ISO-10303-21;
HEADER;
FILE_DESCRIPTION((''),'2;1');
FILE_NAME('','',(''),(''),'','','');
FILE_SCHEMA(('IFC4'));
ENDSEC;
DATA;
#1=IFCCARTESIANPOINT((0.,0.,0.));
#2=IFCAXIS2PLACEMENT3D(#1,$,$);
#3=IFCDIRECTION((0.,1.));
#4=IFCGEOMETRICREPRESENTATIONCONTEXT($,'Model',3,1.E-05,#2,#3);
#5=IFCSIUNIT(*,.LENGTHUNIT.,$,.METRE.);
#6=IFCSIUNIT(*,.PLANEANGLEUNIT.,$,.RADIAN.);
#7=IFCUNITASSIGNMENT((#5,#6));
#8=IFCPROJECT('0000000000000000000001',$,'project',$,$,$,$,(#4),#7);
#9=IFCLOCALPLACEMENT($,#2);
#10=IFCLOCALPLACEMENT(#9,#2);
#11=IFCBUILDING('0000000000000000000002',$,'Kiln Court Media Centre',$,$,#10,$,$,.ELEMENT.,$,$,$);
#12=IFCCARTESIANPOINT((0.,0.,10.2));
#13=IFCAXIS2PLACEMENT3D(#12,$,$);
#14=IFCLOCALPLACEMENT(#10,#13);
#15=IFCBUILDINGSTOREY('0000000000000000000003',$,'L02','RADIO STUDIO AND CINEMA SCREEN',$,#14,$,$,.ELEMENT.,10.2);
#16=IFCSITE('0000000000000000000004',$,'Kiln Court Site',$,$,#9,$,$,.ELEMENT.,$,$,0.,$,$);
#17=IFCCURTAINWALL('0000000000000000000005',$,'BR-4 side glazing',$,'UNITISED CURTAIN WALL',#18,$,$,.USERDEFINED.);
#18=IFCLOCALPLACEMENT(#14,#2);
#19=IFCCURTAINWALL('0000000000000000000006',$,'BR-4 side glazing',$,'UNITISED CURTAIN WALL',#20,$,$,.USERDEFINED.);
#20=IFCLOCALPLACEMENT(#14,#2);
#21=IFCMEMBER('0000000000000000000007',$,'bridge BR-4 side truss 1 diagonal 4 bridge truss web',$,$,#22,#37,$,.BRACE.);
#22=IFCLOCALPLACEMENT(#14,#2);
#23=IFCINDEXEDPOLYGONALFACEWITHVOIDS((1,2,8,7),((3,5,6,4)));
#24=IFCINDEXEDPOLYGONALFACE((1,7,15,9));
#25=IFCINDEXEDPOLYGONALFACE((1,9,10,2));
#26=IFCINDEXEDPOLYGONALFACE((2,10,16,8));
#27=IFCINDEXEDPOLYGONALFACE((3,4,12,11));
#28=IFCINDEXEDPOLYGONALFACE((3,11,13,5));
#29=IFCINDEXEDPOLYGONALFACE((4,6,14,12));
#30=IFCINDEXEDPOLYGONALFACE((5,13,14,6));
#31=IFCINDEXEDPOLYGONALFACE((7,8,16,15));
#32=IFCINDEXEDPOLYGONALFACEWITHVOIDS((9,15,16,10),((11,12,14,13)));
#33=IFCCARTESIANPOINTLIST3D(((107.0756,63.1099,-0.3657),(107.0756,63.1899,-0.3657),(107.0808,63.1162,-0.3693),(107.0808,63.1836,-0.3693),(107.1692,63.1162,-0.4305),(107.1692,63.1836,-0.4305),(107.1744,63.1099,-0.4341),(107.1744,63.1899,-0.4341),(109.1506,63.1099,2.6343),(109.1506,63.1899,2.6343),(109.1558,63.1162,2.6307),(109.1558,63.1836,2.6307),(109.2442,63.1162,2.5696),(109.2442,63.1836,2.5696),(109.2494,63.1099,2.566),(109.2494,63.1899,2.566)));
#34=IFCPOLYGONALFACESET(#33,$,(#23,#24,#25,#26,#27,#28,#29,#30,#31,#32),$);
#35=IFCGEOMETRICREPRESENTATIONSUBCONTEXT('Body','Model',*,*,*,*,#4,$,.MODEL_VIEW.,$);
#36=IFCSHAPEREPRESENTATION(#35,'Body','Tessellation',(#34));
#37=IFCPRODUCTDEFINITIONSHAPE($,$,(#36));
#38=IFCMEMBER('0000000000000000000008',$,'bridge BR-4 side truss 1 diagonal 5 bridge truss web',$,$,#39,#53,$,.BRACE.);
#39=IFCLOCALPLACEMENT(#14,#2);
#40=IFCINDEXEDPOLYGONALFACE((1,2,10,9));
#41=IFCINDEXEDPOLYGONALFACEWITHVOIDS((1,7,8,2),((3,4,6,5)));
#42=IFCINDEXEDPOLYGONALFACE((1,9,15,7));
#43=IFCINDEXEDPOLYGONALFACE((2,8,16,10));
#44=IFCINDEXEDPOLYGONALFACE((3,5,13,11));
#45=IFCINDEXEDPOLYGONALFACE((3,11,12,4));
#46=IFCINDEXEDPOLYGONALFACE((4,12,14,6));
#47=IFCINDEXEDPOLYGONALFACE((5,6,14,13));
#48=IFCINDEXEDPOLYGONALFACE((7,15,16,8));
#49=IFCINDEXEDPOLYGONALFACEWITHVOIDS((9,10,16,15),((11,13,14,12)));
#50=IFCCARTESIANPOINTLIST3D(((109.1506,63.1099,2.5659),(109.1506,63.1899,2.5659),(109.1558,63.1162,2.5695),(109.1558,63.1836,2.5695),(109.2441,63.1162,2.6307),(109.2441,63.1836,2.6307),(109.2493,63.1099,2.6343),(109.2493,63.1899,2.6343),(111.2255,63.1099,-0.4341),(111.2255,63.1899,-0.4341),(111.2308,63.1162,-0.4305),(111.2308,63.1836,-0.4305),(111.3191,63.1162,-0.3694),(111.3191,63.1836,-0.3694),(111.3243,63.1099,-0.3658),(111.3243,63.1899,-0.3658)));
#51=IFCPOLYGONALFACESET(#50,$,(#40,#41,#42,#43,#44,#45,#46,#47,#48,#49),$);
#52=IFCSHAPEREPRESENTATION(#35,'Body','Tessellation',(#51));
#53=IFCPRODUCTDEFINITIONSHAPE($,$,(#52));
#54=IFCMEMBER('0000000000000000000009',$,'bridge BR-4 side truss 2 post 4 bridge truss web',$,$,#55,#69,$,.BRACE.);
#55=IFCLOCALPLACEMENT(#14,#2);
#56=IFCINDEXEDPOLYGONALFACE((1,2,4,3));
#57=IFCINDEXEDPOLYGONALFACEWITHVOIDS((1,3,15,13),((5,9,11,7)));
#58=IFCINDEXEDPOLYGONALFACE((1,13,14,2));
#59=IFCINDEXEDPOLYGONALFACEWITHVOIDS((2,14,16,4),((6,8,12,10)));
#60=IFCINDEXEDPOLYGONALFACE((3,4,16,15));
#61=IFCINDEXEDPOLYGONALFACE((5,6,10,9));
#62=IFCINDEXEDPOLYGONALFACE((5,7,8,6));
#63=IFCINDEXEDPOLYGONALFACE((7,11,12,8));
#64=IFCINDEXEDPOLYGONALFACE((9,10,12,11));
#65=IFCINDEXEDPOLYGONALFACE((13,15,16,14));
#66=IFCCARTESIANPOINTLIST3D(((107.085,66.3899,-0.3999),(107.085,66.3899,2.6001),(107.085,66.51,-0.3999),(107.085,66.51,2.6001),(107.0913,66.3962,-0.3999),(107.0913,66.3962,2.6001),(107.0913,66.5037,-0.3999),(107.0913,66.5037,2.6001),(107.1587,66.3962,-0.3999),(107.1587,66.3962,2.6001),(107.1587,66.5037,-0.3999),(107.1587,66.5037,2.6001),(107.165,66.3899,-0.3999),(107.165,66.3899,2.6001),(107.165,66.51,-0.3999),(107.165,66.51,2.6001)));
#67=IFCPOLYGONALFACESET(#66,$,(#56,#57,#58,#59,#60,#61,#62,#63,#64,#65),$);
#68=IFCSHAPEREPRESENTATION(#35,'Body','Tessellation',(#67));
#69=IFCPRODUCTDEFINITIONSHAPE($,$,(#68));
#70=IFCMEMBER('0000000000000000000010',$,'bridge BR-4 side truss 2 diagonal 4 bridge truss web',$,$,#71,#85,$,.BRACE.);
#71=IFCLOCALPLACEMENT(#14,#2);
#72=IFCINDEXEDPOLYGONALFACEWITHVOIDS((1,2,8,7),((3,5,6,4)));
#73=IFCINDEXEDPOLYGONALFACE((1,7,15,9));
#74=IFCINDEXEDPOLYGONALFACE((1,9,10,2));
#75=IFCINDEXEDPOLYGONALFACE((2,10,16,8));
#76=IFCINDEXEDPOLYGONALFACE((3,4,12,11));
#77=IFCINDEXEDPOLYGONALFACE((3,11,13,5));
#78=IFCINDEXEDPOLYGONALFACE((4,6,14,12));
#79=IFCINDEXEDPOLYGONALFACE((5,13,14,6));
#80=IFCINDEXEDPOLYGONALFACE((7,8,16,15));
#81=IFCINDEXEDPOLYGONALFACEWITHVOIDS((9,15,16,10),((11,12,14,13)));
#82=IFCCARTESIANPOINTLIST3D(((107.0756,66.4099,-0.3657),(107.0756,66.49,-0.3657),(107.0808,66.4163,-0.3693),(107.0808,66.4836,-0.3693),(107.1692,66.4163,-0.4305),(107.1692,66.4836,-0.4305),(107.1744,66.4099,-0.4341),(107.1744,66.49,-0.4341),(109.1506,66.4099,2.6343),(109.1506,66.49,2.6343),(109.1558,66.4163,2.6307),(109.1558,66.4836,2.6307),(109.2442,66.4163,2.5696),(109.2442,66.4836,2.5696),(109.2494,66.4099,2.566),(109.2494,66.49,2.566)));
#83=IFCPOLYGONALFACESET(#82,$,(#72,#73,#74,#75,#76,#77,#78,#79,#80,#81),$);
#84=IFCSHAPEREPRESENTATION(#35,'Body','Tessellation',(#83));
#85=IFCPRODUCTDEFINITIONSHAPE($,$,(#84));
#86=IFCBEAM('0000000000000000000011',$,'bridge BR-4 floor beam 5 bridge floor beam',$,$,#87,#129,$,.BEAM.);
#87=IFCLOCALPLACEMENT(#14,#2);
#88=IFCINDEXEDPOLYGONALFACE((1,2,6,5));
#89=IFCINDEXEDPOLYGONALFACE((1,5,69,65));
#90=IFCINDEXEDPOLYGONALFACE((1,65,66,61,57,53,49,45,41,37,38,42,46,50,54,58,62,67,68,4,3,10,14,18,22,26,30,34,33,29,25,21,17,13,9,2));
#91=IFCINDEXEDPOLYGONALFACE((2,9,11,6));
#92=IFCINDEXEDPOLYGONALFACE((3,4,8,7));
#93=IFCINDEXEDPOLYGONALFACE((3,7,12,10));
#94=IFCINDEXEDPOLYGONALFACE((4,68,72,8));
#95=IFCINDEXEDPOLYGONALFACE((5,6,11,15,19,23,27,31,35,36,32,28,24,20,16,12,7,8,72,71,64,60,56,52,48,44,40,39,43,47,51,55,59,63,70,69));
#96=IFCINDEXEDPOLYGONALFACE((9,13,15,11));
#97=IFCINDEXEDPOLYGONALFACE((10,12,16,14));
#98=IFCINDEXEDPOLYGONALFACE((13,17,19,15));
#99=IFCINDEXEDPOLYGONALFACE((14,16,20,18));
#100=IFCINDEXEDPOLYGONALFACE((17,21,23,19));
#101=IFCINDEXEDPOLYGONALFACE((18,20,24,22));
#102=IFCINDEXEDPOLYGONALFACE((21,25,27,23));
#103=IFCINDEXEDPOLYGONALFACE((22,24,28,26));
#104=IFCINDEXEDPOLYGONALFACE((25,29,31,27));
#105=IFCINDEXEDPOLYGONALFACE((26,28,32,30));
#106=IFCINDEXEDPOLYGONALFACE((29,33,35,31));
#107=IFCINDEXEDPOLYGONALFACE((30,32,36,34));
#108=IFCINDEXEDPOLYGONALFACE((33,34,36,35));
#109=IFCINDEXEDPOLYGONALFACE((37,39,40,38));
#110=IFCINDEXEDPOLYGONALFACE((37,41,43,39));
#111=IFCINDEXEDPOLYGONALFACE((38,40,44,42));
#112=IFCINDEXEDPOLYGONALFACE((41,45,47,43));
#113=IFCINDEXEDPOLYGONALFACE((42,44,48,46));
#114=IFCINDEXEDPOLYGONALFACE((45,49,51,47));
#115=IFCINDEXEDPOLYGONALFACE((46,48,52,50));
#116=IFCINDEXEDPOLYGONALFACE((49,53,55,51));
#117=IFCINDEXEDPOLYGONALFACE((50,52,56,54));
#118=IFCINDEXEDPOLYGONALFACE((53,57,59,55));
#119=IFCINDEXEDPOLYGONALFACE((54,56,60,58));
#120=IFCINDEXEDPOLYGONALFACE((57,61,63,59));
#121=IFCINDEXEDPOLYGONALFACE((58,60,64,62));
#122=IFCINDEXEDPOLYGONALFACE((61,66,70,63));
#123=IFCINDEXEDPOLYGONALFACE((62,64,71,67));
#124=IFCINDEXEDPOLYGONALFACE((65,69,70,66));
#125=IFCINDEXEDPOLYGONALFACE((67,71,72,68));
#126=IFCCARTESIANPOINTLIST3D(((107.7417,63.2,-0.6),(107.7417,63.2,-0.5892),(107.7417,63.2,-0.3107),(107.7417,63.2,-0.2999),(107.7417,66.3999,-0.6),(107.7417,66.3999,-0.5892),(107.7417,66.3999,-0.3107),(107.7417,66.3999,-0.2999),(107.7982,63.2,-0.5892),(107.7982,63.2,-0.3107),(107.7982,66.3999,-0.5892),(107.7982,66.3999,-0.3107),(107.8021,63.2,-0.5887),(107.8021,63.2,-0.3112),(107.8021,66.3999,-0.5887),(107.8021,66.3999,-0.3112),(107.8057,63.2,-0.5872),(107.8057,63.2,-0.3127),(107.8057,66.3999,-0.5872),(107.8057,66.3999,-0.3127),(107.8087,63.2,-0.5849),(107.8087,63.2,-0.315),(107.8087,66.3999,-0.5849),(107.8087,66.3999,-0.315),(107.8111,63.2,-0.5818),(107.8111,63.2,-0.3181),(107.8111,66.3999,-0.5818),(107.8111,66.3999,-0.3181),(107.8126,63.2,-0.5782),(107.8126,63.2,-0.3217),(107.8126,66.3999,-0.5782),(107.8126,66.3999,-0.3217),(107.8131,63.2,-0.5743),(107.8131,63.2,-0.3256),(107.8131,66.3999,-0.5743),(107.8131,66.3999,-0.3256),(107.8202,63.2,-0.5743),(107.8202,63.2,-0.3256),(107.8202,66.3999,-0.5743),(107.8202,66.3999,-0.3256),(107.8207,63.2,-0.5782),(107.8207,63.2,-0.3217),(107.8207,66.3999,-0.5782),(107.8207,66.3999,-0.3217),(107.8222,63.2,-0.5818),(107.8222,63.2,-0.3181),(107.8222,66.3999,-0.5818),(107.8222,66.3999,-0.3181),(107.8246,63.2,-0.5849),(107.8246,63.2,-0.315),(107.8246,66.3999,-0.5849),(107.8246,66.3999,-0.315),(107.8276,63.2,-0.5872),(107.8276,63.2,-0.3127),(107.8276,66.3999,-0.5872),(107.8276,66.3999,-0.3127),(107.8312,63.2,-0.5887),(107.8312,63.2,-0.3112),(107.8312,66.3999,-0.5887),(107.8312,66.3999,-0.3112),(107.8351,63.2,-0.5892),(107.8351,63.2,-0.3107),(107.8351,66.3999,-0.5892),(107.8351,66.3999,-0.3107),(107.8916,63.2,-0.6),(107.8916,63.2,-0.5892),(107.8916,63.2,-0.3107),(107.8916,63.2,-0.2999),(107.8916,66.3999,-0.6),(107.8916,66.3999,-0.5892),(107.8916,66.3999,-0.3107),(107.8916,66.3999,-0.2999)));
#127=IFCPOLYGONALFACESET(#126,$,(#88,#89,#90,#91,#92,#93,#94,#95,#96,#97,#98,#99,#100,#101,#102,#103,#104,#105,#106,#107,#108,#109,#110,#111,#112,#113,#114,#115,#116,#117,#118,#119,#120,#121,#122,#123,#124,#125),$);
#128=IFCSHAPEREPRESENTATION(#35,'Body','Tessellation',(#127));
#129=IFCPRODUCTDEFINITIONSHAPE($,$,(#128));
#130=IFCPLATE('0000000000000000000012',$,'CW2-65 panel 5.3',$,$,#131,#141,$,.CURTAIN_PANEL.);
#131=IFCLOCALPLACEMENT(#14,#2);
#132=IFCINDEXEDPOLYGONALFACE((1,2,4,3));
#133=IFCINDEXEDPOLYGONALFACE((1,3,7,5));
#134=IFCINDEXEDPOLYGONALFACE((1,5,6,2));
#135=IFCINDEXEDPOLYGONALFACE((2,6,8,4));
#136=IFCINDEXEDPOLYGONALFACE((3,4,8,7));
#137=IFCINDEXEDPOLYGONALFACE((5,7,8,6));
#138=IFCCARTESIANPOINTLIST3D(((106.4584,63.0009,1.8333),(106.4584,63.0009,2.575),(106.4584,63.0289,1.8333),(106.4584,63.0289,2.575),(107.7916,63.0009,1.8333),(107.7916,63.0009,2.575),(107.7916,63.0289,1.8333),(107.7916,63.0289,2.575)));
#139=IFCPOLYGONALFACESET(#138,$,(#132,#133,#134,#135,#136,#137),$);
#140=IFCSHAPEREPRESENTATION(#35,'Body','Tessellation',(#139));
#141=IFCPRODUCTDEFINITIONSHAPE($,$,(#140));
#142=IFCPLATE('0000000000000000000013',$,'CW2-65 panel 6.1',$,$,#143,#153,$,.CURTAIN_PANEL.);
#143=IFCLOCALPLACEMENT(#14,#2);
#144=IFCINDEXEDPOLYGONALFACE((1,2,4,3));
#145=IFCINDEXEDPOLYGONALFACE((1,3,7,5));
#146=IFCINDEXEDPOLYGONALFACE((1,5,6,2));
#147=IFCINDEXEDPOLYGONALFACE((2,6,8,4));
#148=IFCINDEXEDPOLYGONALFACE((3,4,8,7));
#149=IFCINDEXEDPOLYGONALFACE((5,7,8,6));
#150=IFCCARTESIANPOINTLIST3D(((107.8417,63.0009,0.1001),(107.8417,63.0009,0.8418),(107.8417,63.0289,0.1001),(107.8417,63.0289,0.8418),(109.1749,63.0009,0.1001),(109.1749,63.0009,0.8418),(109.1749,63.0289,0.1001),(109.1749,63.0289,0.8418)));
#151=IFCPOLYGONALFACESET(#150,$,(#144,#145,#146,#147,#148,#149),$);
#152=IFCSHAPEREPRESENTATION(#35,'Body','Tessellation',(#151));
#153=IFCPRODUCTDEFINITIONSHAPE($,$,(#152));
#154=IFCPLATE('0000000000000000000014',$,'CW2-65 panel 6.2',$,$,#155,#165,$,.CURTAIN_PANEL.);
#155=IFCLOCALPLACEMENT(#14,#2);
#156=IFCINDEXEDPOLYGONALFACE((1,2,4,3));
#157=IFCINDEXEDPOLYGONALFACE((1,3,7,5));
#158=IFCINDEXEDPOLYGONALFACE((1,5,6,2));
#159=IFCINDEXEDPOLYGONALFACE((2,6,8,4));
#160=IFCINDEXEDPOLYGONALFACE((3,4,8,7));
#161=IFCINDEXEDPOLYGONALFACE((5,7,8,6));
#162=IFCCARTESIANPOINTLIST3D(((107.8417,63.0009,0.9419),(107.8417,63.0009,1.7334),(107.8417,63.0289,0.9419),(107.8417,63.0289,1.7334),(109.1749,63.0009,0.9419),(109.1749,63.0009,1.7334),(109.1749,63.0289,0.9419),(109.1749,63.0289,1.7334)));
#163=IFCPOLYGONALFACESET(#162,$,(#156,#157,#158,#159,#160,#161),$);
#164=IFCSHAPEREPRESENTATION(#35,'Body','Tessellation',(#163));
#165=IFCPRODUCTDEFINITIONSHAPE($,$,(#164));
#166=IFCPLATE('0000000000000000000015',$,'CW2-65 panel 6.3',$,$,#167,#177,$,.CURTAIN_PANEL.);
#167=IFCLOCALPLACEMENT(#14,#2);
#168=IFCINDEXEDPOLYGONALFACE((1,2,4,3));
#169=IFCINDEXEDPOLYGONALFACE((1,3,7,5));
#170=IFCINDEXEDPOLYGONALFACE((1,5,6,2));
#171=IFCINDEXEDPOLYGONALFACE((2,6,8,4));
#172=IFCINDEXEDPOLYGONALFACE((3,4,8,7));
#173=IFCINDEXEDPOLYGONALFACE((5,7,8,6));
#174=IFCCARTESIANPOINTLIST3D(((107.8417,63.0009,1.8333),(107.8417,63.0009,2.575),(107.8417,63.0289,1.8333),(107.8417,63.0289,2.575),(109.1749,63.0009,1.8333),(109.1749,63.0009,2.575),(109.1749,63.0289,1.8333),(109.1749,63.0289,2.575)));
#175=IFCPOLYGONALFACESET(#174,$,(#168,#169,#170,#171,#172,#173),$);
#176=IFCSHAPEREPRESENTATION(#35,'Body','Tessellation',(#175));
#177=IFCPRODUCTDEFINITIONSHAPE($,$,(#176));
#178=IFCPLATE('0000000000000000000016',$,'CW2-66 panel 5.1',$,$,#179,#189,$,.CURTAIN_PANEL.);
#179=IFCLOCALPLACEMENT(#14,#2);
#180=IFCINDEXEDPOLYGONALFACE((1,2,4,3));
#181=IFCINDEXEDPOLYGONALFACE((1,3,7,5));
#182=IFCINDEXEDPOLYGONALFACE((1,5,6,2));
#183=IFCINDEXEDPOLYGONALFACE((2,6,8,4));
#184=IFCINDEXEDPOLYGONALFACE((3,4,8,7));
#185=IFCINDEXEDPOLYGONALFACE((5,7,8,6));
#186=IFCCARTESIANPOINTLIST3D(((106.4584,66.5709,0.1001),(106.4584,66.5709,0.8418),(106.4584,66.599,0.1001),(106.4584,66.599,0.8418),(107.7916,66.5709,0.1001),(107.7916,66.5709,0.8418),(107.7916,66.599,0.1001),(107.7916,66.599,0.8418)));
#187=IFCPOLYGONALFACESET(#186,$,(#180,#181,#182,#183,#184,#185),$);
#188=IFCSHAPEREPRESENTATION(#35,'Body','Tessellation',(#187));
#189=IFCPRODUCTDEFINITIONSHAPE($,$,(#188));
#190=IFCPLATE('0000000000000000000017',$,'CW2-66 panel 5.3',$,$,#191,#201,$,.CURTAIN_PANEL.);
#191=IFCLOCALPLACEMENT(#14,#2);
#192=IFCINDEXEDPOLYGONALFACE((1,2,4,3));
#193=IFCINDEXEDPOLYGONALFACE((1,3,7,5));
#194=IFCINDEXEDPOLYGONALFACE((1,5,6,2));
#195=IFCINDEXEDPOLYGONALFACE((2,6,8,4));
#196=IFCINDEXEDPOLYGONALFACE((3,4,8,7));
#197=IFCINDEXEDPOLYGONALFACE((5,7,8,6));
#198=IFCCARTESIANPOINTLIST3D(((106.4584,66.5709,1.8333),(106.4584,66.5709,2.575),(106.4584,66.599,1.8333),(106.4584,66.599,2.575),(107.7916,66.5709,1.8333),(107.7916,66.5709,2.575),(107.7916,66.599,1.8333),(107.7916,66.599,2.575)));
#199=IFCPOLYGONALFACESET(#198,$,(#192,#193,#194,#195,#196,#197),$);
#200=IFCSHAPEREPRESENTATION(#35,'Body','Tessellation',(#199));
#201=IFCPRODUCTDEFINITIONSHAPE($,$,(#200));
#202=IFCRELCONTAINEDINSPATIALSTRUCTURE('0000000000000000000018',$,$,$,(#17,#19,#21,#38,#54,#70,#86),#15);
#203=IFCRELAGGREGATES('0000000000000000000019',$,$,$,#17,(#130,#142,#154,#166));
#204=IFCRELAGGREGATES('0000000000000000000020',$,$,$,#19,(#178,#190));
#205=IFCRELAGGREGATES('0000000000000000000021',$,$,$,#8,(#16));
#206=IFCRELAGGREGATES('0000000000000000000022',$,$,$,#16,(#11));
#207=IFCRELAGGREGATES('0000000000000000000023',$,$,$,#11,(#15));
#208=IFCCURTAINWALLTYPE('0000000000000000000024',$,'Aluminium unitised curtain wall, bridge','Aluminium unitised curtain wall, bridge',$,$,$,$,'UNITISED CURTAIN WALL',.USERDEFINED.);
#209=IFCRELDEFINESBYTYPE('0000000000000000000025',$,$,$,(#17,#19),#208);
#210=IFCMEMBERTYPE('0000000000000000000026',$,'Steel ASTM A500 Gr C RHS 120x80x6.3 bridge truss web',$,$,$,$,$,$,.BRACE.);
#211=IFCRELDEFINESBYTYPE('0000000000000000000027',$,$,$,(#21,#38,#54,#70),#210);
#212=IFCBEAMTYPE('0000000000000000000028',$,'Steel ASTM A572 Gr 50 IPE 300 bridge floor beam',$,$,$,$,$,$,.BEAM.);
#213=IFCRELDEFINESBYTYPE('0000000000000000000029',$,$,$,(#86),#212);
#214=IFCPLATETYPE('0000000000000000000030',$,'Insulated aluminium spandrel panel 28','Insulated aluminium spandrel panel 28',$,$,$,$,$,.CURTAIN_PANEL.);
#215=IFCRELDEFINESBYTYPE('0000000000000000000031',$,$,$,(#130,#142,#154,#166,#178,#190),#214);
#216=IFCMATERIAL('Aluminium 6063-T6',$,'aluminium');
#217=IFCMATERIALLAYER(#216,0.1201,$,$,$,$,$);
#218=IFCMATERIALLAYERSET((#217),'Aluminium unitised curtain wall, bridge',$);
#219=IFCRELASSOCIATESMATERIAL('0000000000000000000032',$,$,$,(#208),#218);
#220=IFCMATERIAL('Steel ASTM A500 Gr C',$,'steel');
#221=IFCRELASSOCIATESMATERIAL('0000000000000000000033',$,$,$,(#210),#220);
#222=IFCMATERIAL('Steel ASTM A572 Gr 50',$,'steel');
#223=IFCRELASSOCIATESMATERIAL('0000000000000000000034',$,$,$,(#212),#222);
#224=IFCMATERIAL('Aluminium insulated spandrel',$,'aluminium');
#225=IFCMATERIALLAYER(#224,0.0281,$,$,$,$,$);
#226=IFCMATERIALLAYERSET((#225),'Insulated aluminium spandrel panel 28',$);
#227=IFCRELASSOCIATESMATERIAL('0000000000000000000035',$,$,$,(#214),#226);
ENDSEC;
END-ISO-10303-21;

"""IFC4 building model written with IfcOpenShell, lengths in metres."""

from ifc_helpers import new_model, si_unit, direction, frame, origin, origin_2d, place, context, subcontext, project, spatial, rectangle, hollow_rectangle, i_section, extrude, material, layer, layer_set, material_profile, profile_set, type_object, element, aggregate, save


model = new_model("IFC4")

# Units and contexts
model_context = context("Model", 3, precision=1e-05, world=origin(), true_north=direction((0.0, 1.0)))
body_context = subcontext(model_context, "Body", "Model", "MODEL_VIEW")
ifc_project = project(units=[si_unit("LENGTHUNIT", "METRE"), si_unit("PLANEANGLEUNIT", "RADIAN")], contexts=[model_context])

# Site, building, storey
site_placement = place(None, origin())
site = spatial("IfcSite", under=ifc_project, at=site_placement, Name="Kiln Court Site", CompositionType="ELEMENT", RefElevation=0.0)
building_placement = place(site_placement, origin())
building = spatial("IfcBuilding", under=site, at=building_placement, Name="Kiln Court Media Centre", CompositionType="ELEMENT")
storey_placement = place(building_placement, frame((0.0, 0.0, 10.2)))
storey = spatial("IfcBuildingStorey", under=building, at=storey_placement, Name="L02", Description="RADIO STUDIO AND CINEMA SCREEN", CompositionType="ELEMENT", Elevation=10.2)

# Curtain wall
ifc_material_1 = material(Name="Aluminium 6063-T6", Category="aluminium")
ifc_layer_1 = layer(ifc_material_1, 0.1201)
ifc_layer_set_1 = layer_set([ifc_layer_1], Name="Aluminium unitised curtain wall, bridge")
curtain_wall_type = type_object("IfcCurtainWallType", Name="Aluminium unitised curtain wall, bridge", Description="Aluminium unitised curtain wall, bridge", ElementType="UNITISED CURTAIN WALL", PredefinedType="USERDEFINED", material=ifc_layer_set_1)
curtain_wall_1_placement = place(storey_placement, origin())
curtain_wall_1 = element("IfcCurtainWall", 1, at=curtain_wall_1_placement, inside=storey, type_object=curtain_wall_type, Name="BR-4 side glazing", ObjectType="UNITISED CURTAIN WALL", PredefinedType="USERDEFINED")

# Curtain wall
curtain_wall_2_placement = place(storey_placement, origin())
curtain_wall_2 = element("IfcCurtainWall", 2, at=curtain_wall_2_placement, inside=storey, type_object=curtain_wall_type, Name="BR-4 side glazing", ObjectType="UNITISED CURTAIN WALL", PredefinedType="USERDEFINED")

# Members
ifc_material_2 = material(Name="Steel ASTM A500 Gr C", Category="steel")
ifc_material_profile_1 = material_profile(ifc_material_2, hollow_rectangle(XDim=0.0801, YDim=0.1201, WallThickness=0.0063, at=origin_2d()), Name="RHS 120x80x6.3")
ifc_profile_set_1 = profile_set([ifc_material_profile_1], Name="Steel ASTM A500 Gr C")
member_type_1 = type_object("IfcMemberType", Name="Steel ASTM A500 Gr C RHS 120x80x6.3 bridge truss web", PredefinedType="BRACE", material=ifc_profile_set_1)
for number, where, z_axis, x_axis, name in (
    (3, (107.125, 63.1499, -0.3999), (0.568844, 0.0, 0.822445), (0.0, 1.0, 0.0), "bridge BR-4 side truss 1 diagonal 4 bridge truss web"),
    (4, (109.2, 63.1499, 2.6001), (0.568844, 0.0, -0.822445), (0.0, 1.0, 0.0), "bridge BR-4 side truss 1 diagonal 5 bridge truss web"),
):
    element("IfcMember", number, at=place(storey_placement, frame(where, z_axis=z_axis, x_axis=x_axis)), inside=storey, type_object=member_type_1, Name=name, PredefinedType="BRACE", context=body_context, shape_type="SweptSolid", body=[
        extrude(hollow_rectangle(XDim=0.0801, YDim=0.1201, WallThickness=0.0063, at=origin_2d()), origin(), (0.0, 0.0, 1.0), 3.6477),
    ])
member_1_placement = place(storey_placement, frame((107.125, 66.45, -0.3999), z_axis=(0.0, 0.0, 1.0), x_axis=(1.0, 0.0, 0.0)))
element("IfcMember", 5, at=member_1_placement, inside=storey, type_object=member_type_1, Name="bridge BR-4 side truss 2 post 4 bridge truss web", PredefinedType="BRACE", context=body_context, shape_type="SweptSolid", body=[
    extrude(hollow_rectangle(XDim=0.0801, YDim=0.1201, WallThickness=0.0063, at=origin_2d()), origin(), (0.0, 0.0, 1.0), 3.0),
])
member_2_placement = place(storey_placement, frame((107.125, 66.45, -0.3999), z_axis=(0.568844, 0.0, 0.822445), x_axis=(0.0, 1.0, 0.0)))
element("IfcMember", 6, at=member_2_placement, inside=storey, type_object=member_type_1, Name="bridge BR-4 side truss 2 diagonal 4 bridge truss web", PredefinedType="BRACE", context=body_context, shape_type="SweptSolid", body=[
    extrude(hollow_rectangle(XDim=0.0801, YDim=0.1201, WallThickness=0.0063, at=origin_2d()), origin(), (0.0, 0.0, 1.0), 3.6477),
])

# Beam
ifc_material_3 = material(Name="Steel ASTM A572 Gr 50", Category="steel")
ifc_material_profile_2 = material_profile(ifc_material_3, i_section(OverallWidth=0.1499, OverallDepth=0.3, WebThickness=0.0071, FlangeThickness=0.0107, FilletRadius=0.0149, at=origin_2d()), Name="IPE 300")
ifc_profile_set_2 = profile_set([ifc_material_profile_2], Name="Steel ASTM A572 Gr 50")
beam_type = type_object("IfcBeamType", Name="Steel ASTM A572 Gr 50 IPE 300 bridge floor beam", PredefinedType="BEAM", material=ifc_profile_set_2)
beam_placement = place(storey_placement, frame((107.8167, 63.2, -0.45), z_axis=(0.0, 1.0, 0.0), x_axis=(-1.0, 0.0, 0.0)))
element("IfcBeam", 7, at=beam_placement, inside=storey, type_object=beam_type, Name="bridge BR-4 floor beam 5 bridge floor beam", PredefinedType="BEAM", context=body_context, shape_type="SweptSolid", body=[
    extrude(i_section(OverallWidth=0.1499, OverallDepth=0.3, WebThickness=0.0071, FlangeThickness=0.0107, FilletRadius=0.0149, at=origin_2d()), origin(), (0.0, 0.0, 1.0), 3.2),
])

# Plates
ifc_material_4 = material(Name="Aluminium insulated spandrel", Category="aluminium")
ifc_layer_2 = layer(ifc_material_4, 0.0281)
ifc_layer_set_2 = layer_set([ifc_layer_2], Name="Insulated aluminium spandrel panel 28")
plate_type_1 = type_object("IfcPlateType", Name="Insulated aluminium spandrel panel 28", Description="Insulated aluminium spandrel panel 28", PredefinedType="CURTAIN_PANEL", material=ifc_layer_set_2)
plate_1_placement = place(storey_placement, frame((107.125, 63.0149, 1.8333), z_axis=(0.0, 0.0, 1.0), x_axis=(1.0, 0.0, 0.0)))
plate_1 = element("IfcPlate", 8, at=plate_1_placement, type_object=plate_type_1, Name="CW2-65 panel 5.3", PredefinedType="CURTAIN_PANEL", context=body_context, shape_type="SweptSolid", body=[
    extrude(rectangle(XDim=1.3333, YDim=0.0281, at=origin_2d()), origin(), (0.0, 0.0, 1.0), 0.7417),
])
plate_2_placement = place(storey_placement, frame((108.5083, 63.0149, 0.1001), z_axis=(0.0, 0.0, 1.0), x_axis=(1.0, 0.0, 0.0)))
plate_2 = element("IfcPlate", 9, at=plate_2_placement, type_object=plate_type_1, Name="CW2-65 panel 6.1", PredefinedType="CURTAIN_PANEL", context=body_context, shape_type="SweptSolid", body=[
    extrude(rectangle(XDim=1.3333, YDim=0.0281, at=origin_2d()), origin(), (0.0, 0.0, 1.0), 0.7417),
])
plate_3_placement = place(storey_placement, frame((108.5083, 63.0149, 0.9419), z_axis=(0.0, 0.0, 1.0), x_axis=(1.0, 0.0, 0.0)))
plate_3 = element("IfcPlate", 10, at=plate_3_placement, type_object=plate_type_1, Name="CW2-65 panel 6.2", PredefinedType="CURTAIN_PANEL", context=body_context, shape_type="SweptSolid", body=[
    extrude(rectangle(XDim=1.3333, YDim=0.0281, at=origin_2d()), origin(), (0.0, 0.0, 1.0), 0.7915),
])
plate_4_placement = place(storey_placement, frame((108.5083, 63.0149, 1.8333), z_axis=(0.0, 0.0, 1.0), x_axis=(1.0, 0.0, 0.0)))
plate_4 = element("IfcPlate", 11, at=plate_4_placement, type_object=plate_type_1, Name="CW2-65 panel 6.3", PredefinedType="CURTAIN_PANEL", context=body_context, shape_type="SweptSolid", body=[
    extrude(rectangle(XDim=1.3333, YDim=0.0281, at=origin_2d()), origin(), (0.0, 0.0, 1.0), 0.7417),
])
plate_5_placement = place(storey_placement, frame((107.125, 66.585, 0.1001), z_axis=(0.0, 0.0, 1.0), x_axis=(1.0, 0.0, 0.0)))
plate_5 = element("IfcPlate", 12, at=plate_5_placement, type_object=plate_type_1, Name="CW2-66 panel 5.1", PredefinedType="CURTAIN_PANEL", context=body_context, shape_type="SweptSolid", body=[
    extrude(rectangle(XDim=1.3333, YDim=0.0281, at=origin_2d()), origin(), (0.0, 0.0, 1.0), 0.7417),
])
plate_6_placement = place(storey_placement, frame((107.125, 66.585, 1.8333), z_axis=(0.0, 0.0, 1.0), x_axis=(1.0, 0.0, 0.0)))
plate_6 = element("IfcPlate", 13, at=plate_6_placement, type_object=plate_type_1, Name="CW2-66 panel 5.3", PredefinedType="CURTAIN_PANEL", context=body_context, shape_type="SweptSolid", body=[
    extrude(rectangle(XDim=1.3333, YDim=0.0281, at=origin_2d()), origin(), (0.0, 0.0, 1.0), 0.7417),
])
aggregate(curtain_wall_1, [plate_1, plate_2, plate_3, plate_4])
aggregate(curtain_wall_2, [plate_5, plate_6])

save(model, "model.ifc")
